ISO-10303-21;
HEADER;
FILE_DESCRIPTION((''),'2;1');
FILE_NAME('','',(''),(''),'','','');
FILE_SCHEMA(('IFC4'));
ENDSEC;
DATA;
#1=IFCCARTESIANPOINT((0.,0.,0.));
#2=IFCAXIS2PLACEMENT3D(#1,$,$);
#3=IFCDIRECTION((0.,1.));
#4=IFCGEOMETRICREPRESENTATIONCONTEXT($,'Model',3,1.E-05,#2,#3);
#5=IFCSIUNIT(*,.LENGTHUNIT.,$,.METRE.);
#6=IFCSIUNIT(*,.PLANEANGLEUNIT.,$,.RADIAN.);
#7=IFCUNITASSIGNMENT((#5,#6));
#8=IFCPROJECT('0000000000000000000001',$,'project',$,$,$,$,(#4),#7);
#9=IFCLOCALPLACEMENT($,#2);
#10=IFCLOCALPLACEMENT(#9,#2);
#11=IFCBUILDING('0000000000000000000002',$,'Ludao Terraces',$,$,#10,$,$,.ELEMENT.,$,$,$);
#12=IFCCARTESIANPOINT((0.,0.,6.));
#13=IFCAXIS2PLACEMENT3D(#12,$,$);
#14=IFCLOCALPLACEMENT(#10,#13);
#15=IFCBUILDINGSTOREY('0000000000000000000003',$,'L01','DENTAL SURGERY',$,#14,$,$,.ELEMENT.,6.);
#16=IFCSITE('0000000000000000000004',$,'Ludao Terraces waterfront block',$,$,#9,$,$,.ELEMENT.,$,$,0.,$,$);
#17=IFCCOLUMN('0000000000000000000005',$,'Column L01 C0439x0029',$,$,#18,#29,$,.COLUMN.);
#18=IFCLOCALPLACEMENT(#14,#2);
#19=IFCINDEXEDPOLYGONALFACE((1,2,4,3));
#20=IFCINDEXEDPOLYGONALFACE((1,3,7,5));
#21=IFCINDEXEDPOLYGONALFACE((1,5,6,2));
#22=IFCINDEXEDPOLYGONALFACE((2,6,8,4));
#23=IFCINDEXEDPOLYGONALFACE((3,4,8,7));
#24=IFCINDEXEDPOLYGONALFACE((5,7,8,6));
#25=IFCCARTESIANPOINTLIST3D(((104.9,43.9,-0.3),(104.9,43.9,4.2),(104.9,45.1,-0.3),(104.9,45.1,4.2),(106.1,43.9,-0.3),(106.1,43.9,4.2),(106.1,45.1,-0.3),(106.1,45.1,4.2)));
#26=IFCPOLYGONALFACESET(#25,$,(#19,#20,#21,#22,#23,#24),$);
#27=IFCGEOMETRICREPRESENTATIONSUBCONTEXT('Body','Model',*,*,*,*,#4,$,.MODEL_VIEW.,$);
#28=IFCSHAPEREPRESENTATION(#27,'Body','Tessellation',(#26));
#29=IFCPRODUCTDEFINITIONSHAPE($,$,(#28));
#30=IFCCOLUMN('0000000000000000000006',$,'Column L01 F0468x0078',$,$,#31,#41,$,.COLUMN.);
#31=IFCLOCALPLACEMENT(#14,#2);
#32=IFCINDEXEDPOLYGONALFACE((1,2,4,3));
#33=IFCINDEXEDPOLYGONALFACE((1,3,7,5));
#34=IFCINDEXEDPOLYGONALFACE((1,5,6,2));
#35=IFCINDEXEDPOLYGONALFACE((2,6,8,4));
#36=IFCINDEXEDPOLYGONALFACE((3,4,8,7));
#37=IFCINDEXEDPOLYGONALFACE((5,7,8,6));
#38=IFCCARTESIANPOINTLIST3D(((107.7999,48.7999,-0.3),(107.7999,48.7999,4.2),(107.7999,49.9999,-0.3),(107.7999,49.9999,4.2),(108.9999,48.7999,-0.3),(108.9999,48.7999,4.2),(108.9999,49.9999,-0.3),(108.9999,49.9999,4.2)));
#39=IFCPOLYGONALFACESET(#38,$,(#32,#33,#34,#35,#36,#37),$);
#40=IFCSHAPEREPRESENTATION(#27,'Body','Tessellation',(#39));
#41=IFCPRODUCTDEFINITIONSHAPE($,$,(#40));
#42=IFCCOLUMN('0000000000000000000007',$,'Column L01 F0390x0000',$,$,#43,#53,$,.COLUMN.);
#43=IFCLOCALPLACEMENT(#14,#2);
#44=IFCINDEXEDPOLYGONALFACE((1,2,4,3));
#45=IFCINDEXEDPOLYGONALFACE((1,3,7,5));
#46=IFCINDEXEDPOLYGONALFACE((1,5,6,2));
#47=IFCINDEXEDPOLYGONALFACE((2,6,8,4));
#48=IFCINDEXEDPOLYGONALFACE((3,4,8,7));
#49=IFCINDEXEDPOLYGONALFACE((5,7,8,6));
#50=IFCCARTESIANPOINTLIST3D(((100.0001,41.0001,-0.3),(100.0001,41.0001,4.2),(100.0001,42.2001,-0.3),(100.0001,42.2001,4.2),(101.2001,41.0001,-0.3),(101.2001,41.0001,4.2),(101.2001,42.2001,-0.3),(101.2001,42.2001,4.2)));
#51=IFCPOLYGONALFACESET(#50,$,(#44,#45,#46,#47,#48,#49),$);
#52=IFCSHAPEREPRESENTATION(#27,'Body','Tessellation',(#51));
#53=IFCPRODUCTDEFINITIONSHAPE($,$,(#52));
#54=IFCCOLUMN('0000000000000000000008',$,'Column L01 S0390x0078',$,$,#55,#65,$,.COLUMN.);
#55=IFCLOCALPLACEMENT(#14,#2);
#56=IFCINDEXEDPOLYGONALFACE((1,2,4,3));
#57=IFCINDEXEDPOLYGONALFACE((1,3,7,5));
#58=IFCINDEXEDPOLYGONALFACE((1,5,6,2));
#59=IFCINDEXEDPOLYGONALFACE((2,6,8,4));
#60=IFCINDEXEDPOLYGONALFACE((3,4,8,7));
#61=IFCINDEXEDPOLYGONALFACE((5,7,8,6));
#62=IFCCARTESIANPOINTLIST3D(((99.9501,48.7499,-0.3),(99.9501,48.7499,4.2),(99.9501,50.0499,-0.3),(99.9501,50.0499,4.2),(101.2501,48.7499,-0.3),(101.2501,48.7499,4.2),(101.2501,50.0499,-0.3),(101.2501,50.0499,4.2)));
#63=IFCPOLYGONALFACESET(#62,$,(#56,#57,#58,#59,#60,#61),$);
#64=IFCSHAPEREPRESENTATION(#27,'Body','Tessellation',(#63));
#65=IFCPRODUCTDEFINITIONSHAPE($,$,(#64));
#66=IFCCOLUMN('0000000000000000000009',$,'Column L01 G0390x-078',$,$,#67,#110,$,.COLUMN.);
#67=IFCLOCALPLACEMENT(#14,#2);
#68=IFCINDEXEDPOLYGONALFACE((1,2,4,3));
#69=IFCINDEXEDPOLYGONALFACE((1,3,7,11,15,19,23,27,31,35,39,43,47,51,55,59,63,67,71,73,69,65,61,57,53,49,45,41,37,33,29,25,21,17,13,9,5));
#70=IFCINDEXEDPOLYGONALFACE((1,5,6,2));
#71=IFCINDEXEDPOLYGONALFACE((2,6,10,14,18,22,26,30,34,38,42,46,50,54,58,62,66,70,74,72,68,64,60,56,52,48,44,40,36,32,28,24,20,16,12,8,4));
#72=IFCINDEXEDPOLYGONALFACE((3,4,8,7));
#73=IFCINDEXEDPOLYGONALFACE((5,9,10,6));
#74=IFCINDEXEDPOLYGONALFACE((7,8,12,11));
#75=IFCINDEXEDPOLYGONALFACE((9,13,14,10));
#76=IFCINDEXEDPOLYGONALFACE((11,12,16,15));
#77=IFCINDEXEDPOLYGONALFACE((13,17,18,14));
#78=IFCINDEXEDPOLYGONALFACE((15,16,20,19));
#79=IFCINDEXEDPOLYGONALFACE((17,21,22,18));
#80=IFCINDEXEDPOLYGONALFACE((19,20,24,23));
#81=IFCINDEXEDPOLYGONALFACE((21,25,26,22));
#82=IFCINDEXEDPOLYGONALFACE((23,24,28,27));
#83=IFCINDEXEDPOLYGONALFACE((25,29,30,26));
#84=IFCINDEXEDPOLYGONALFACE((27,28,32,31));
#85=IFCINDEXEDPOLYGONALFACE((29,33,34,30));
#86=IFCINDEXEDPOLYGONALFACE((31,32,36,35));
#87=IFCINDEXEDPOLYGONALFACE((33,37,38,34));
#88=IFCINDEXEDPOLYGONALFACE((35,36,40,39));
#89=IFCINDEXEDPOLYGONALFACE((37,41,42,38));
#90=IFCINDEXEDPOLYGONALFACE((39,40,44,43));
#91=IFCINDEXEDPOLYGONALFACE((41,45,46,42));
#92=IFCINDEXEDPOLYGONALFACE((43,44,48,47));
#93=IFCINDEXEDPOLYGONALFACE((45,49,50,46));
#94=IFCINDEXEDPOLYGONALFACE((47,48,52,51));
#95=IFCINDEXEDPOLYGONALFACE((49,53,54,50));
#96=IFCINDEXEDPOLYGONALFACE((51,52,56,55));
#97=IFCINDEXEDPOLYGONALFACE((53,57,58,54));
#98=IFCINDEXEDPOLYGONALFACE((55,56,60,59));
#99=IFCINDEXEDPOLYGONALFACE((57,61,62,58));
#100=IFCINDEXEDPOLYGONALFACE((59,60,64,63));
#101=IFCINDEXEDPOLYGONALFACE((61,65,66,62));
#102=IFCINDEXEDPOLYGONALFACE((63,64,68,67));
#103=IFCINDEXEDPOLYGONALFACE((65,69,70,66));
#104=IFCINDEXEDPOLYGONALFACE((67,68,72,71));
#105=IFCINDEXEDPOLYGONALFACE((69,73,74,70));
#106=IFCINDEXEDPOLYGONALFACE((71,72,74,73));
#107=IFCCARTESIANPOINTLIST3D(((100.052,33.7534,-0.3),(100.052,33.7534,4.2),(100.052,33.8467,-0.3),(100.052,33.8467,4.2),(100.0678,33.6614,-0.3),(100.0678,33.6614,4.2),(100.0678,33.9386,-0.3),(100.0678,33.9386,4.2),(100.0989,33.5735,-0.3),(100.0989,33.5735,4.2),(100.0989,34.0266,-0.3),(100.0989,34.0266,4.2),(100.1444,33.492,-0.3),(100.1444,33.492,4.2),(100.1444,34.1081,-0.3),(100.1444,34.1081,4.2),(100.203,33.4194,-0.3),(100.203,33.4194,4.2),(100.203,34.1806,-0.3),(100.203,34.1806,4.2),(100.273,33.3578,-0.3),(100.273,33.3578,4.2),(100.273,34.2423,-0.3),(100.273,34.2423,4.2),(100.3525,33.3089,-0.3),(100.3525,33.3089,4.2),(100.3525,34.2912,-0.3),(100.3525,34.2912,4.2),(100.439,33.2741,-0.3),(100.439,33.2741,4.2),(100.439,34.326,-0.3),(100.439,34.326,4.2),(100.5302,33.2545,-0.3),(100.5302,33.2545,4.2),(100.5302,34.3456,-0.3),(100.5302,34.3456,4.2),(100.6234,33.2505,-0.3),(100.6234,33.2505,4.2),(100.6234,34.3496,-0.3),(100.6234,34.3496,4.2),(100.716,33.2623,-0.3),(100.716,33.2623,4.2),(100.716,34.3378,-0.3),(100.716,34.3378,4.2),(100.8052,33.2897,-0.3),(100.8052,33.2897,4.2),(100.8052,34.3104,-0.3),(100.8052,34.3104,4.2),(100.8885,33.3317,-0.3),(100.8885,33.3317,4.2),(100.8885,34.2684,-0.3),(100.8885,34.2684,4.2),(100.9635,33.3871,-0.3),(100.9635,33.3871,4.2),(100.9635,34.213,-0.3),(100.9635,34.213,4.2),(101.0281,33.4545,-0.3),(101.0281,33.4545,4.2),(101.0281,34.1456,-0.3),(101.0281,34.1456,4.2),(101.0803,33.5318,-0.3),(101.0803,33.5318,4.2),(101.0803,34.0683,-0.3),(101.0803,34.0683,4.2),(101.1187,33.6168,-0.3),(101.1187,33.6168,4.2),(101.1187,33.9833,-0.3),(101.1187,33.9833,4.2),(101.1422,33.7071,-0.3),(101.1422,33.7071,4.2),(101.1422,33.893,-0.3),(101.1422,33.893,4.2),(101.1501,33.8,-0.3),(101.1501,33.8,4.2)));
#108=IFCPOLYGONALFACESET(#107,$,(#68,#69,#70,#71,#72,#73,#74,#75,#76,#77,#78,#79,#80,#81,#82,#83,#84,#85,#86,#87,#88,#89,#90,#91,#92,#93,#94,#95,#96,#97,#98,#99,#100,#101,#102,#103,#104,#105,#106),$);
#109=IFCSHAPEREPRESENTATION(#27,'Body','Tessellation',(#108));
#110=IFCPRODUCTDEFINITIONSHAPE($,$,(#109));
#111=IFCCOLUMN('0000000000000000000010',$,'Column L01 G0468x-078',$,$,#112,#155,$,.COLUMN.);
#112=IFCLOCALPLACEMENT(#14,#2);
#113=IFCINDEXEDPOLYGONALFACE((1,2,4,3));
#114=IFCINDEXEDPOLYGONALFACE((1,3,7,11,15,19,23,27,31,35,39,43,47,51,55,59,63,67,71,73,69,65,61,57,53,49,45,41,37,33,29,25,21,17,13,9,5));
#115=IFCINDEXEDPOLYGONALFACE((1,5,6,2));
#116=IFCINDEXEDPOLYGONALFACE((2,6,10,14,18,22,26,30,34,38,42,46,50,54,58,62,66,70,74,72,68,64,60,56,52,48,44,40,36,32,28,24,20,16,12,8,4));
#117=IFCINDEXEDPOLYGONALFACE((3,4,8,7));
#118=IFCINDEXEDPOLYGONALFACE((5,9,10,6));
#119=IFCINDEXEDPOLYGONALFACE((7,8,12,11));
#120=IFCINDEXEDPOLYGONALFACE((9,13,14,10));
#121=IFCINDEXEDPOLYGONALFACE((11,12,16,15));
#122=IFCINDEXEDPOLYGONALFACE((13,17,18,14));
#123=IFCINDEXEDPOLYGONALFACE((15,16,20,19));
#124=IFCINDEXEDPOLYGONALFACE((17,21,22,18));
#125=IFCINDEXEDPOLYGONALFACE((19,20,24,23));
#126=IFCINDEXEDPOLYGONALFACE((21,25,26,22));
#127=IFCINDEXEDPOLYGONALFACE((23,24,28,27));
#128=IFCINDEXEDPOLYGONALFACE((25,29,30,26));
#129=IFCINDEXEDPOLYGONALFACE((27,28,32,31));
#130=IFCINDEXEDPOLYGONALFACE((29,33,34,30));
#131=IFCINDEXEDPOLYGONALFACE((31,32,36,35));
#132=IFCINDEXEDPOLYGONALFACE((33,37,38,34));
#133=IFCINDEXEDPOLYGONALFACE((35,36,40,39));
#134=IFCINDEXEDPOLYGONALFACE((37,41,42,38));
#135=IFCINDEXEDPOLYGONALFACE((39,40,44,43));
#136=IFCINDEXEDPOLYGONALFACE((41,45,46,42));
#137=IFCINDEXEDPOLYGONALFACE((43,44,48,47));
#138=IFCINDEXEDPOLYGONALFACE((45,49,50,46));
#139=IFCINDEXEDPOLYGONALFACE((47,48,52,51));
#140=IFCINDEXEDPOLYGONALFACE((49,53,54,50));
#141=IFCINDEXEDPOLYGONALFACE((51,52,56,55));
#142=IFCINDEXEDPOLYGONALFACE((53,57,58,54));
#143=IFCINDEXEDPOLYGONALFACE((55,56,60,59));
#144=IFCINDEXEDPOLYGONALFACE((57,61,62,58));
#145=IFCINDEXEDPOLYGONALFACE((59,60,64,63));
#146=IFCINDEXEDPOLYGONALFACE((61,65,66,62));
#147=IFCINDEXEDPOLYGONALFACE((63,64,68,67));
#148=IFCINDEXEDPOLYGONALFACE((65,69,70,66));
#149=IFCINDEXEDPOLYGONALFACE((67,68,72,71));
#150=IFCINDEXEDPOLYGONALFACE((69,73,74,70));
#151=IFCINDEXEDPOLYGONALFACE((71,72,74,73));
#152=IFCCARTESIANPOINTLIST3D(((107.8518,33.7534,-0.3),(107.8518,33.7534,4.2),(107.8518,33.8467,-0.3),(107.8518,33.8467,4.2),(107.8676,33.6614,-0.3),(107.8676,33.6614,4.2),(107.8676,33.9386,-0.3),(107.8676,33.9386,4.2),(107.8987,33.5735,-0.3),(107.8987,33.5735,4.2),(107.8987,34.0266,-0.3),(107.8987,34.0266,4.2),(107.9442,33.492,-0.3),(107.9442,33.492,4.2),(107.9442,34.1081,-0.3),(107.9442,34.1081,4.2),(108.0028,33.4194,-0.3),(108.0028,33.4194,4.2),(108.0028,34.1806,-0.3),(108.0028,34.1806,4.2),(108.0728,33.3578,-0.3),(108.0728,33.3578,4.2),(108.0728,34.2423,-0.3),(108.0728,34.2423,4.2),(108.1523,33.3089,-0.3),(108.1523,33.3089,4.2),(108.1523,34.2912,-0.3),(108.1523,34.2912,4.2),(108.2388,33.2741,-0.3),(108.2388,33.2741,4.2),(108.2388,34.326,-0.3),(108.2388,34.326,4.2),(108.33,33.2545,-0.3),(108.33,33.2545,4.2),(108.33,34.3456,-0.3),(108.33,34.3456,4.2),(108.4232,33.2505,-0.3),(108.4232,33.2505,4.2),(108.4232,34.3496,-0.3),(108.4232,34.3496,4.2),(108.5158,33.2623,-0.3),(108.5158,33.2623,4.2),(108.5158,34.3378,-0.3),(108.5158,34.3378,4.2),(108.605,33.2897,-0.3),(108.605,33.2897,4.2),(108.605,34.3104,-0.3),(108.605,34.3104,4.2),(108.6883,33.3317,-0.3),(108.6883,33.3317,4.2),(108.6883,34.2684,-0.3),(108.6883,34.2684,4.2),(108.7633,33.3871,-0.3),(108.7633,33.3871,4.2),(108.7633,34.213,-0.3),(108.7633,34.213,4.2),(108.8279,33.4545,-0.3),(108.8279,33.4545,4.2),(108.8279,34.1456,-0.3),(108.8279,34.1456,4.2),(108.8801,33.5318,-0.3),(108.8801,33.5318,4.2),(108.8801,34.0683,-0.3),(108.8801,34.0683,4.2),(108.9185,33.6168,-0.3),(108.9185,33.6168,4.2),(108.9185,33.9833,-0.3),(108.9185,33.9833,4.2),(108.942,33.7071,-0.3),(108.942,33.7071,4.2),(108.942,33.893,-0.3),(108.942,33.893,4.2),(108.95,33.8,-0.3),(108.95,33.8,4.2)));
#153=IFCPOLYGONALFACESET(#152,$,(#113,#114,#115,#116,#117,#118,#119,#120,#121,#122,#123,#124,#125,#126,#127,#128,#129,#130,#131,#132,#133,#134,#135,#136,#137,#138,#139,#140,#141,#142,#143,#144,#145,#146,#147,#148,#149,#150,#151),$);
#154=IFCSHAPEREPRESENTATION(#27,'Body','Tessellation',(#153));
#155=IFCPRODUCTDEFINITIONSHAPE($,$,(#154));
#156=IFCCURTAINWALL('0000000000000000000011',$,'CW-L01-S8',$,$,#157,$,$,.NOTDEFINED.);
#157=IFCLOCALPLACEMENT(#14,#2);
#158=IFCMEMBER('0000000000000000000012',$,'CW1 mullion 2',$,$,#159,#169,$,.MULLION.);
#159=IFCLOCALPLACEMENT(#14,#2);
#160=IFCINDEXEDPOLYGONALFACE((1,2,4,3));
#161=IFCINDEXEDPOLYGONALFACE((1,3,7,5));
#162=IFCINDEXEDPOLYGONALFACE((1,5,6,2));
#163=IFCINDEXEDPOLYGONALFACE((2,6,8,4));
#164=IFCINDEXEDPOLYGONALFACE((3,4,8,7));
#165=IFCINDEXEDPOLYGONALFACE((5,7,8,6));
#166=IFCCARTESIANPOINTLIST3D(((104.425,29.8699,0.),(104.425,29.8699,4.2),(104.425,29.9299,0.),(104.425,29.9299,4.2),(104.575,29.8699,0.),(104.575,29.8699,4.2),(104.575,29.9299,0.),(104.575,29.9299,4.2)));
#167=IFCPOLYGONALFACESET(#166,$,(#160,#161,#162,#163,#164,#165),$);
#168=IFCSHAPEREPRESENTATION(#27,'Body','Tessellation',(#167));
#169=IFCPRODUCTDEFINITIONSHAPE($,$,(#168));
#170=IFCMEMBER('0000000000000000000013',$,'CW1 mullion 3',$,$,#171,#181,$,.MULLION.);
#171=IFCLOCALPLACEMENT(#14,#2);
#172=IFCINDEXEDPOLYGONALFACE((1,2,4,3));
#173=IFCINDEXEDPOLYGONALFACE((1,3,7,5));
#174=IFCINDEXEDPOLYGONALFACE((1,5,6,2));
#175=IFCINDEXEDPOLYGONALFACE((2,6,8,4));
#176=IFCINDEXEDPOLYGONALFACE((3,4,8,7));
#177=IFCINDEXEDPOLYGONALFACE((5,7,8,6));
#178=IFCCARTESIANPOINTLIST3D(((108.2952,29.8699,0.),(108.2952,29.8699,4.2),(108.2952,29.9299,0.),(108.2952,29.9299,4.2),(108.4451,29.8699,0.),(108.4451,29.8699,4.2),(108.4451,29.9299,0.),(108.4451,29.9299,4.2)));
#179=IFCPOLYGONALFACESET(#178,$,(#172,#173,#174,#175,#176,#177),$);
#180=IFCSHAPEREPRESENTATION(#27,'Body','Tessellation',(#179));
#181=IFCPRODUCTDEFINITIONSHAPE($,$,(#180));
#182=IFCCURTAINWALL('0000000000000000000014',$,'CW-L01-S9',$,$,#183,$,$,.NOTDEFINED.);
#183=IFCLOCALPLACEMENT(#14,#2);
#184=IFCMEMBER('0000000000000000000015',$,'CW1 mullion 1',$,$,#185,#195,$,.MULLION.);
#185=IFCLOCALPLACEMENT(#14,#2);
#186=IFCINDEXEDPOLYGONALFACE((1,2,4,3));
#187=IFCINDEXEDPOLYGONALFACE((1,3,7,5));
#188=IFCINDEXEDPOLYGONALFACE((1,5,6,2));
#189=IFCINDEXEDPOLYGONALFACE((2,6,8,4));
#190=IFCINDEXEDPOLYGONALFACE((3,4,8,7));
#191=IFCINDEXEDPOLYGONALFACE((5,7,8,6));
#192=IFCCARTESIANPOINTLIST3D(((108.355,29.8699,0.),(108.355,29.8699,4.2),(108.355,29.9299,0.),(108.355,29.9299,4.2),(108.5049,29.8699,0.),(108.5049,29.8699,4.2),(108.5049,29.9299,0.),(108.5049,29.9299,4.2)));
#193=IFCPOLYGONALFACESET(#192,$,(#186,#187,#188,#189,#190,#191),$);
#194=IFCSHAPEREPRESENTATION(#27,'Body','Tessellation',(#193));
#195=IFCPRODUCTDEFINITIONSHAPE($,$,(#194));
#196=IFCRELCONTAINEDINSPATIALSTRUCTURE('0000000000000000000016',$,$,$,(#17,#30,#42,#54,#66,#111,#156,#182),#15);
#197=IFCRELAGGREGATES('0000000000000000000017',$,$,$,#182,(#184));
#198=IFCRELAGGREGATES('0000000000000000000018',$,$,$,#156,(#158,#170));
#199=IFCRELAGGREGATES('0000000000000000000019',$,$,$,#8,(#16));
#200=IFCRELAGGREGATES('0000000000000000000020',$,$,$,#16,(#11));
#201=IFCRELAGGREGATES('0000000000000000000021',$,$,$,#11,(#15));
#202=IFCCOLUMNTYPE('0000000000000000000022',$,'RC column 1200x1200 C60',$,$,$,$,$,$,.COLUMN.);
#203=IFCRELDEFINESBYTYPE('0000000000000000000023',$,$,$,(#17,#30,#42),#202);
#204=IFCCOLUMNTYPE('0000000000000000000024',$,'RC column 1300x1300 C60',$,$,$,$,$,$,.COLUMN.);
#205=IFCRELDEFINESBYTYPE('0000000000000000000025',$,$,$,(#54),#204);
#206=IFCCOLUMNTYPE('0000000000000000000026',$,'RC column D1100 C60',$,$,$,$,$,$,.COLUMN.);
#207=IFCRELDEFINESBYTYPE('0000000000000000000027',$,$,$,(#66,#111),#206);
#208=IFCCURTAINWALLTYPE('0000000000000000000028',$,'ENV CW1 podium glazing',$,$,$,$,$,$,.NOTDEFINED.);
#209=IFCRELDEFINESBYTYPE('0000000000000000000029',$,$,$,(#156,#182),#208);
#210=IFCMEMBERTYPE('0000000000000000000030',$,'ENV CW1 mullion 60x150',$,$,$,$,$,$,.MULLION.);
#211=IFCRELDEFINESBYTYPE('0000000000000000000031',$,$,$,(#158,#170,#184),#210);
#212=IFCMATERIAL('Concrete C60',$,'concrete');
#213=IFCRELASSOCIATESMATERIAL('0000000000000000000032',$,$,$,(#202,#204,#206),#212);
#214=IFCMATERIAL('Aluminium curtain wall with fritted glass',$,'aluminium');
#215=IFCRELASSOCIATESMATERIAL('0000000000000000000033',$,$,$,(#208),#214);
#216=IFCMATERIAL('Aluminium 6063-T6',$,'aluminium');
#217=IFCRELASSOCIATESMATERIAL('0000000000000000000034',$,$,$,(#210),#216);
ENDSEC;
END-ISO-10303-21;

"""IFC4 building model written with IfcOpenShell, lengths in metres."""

from ifc_helpers import new_model, si_unit, direction, frame, origin, origin_2d, place, context, subcontext, project, spatial, rectangle, circle, extrude, material, material_profile, profile_set, type_object, element, aggregate, save


model = new_model("IFC4")

# Units and contexts
model_context = context("Model", 3, precision=1e-05, world=origin(), true_north=direction((0.0, 1.0)))
body_context = subcontext(model_context, "Body", "Model", "MODEL_VIEW")
ifc_project = project(units=[si_unit("LENGTHUNIT", "METRE"), si_unit("PLANEANGLEUNIT", "RADIAN")], contexts=[model_context])

# Site, building, storey
site_placement = place(None, origin())
site = spatial("IfcSite", under=ifc_project, at=site_placement, Name="Ludao Terraces waterfront block", CompositionType="ELEMENT", RefElevation=0.0)
building_placement = place(site_placement, origin())
building = spatial("IfcBuilding", under=site, at=building_placement, Name="Ludao Terraces", CompositionType="ELEMENT")
storey_placement = place(building_placement, frame((0.0, 0.0, 6.0)))
storey = spatial("IfcBuildingStorey", under=building, at=storey_placement, Name="L01", Description="DENTAL SURGERY", CompositionType="ELEMENT", Elevation=6.0)

# Columns
ifc_material_1 = material(Name="Concrete C60", Category="concrete")
ifc_material_profile_1 = material_profile(ifc_material_1, rectangle(XDim=1.2, YDim=1.2, at=origin_2d()), Name="1200 X 1200")
ifc_profile_set_1 = profile_set([ifc_material_profile_1], Name="Concrete C60")
column_type_1 = type_object("IfcColumnType", Name="RC column 1200x1200 C60", PredefinedType="COLUMN", material=ifc_profile_set_1)
for number, where, z_axis, x_axis, name in (
    (1, (105.5, 44.5, -0.3), (0.0, 0.0, 1.0), (1.0, 0.0, 0.0), "Column L01 C0439x0029"),
    (2, (108.3999, 49.3999, -0.3), (0.0, 0.0, 1.0), (1.0, 0.0, 0.0), "Column L01 F0468x0078"),
    (3, (100.6001, 41.6001, -0.3), (0.0, 0.0, 1.0), (1.0, 0.0, 0.0), "Column L01 F0390x0000"),
):
    element("IfcColumn", number, at=place(storey_placement, frame(where, z_axis=z_axis, x_axis=x_axis)), inside=storey, type_object=column_type_1, Name=name, PredefinedType="COLUMN", context=body_context, shape_type="SweptSolid", body=[
        extrude(rectangle(XDim=1.2, YDim=1.2, at=origin_2d()), origin(), (0.0, 0.0, 1.0), 4.5),
    ])
ifc_material_profile_2 = material_profile(ifc_material_1, rectangle(XDim=1.3, YDim=1.3, at=origin_2d()), Name="1300 X 1300")
ifc_profile_set_2 = profile_set([ifc_material_profile_2], Name="Concrete C60")
column_type_2 = type_object("IfcColumnType", Name="RC column 1300x1300 C60", PredefinedType="COLUMN", material=ifc_profile_set_2)
column_placement = place(storey_placement, frame((100.6001, 49.3999, -0.3), z_axis=(0.0, 0.0, 1.0), x_axis=(1.0, 0.0, 0.0)))
element("IfcColumn", 4, at=column_placement, inside=storey, type_object=column_type_2, Name="Column L01 S0390x0078", PredefinedType="COLUMN", context=body_context, shape_type="SweptSolid", body=[
    extrude(rectangle(XDim=1.3, YDim=1.3, at=origin_2d()), origin(), (0.0, 0.0, 1.0), 4.5),
])
ifc_material_profile_3 = material_profile(ifc_material_1, circle(Radius=0.55, at=origin_2d()), Name="D1100")
ifc_profile_set_3 = profile_set([ifc_material_profile_3], Name="Concrete C60")
column_type_3 = type_object("IfcColumnType", Name="RC column D1100 C60", PredefinedType="COLUMN", material=ifc_profile_set_3)
for number, where, z_axis, x_axis, name in (
    (5, (100.6001, 33.8, -0.3), (0.0, 0.0, 1.0), (1.0, 0.0, 0.0), "Column L01 G0390x-078"),
    (6, (108.3999, 33.8, -0.3), (0.0, 0.0, 1.0), (1.0, 0.0, 0.0), "Column L01 G0468x-078"),
):
    element("IfcColumn", number, at=place(storey_placement, frame(where, z_axis=z_axis, x_axis=x_axis)), inside=storey, type_object=column_type_3, Name=name, PredefinedType="COLUMN", context=body_context, shape_type="SweptSolid", body=[
        extrude(circle(Radius=0.55, at=origin_2d()), origin(), (0.0, 0.0, 1.0), 4.5),
    ])

# Curtain wall, members
ifc_material_2 = material(Name="Aluminium curtain wall with fritted glass", Category="aluminium")
curtain_wall_type = type_object("IfcCurtainWallType", Name="ENV CW1 podium glazing", PredefinedType="NOTDEFINED", material=ifc_material_2)
curtain_wall_1_placement = place(storey_placement, origin())
curtain_wall_1 = element("IfcCurtainWall", 7, at=curtain_wall_1_placement, inside=storey, type_object=curtain_wall_type, Name="CW-L01-S8", PredefinedType="NOTDEFINED")
ifc_material_3 = material(Name="Aluminium 6063-T6", Category="aluminium")
ifc_material_profile_4 = material_profile(ifc_material_3, rectangle(XDim=0.0601, YDim=0.1499, at=origin_2d()), Name="60 X 150")
ifc_profile_set_4 = profile_set([ifc_material_profile_4], Name="Aluminium 6063-T6")
member_type_1 = type_object("IfcMemberType", Name="ENV CW1 mullion 60x150", PredefinedType="MULLION", material=ifc_profile_set_4)
member_1_placement = place(storey_placement, frame((104.5, 29.8999, 0.0), z_axis=(0.0, 0.0, 1.0), x_axis=(0.0, 1.0, 0.0)))
member_1 = element("IfcMember", 8, at=member_1_placement, type_object=member_type_1, Name="CW1 mullion 2", PredefinedType="MULLION", context=body_context, shape_type="SweptSolid", body=[
    extrude(rectangle(XDim=0.0601, YDim=0.1499, at=origin_2d()), origin(), (0.0, 0.0, 1.0), 4.2),
])
member_2_placement = place(storey_placement, frame((108.3701, 29.8999, 0.0), z_axis=(0.0, 0.0, 1.0), x_axis=(0.0, 1.0, 0.0)))
member_2 = element("IfcMember", 9, at=member_2_placement, type_object=member_type_1, Name="CW1 mullion 3", PredefinedType="MULLION", context=body_context, shape_type="SweptSolid", body=[
    extrude(rectangle(XDim=0.0601, YDim=0.1499, at=origin_2d()), origin(), (0.0, 0.0, 1.0), 4.2),
])

# Curtain wall, member
curtain_wall_2_placement = place(storey_placement, origin())
curtain_wall_2 = element("IfcCurtainWall", 10, at=curtain_wall_2_placement, inside=storey, type_object=curtain_wall_type, Name="CW-L01-S9", PredefinedType="NOTDEFINED")
member_3_placement = place(storey_placement, frame((108.4299, 29.8999, 0.0), z_axis=(0.0, 0.0, 1.0), x_axis=(0.0, 1.0, 0.0)))
member_3 = element("IfcMember", 11, at=member_3_placement, type_object=member_type_1, Name="CW1 mullion 1", PredefinedType="MULLION", context=body_context, shape_type="SweptSolid", body=[
    extrude(rectangle(XDim=0.0601, YDim=0.1499, at=origin_2d()), origin(), (0.0, 0.0, 1.0), 4.2),
])

aggregate(curtain_wall_2, [member_3])

aggregate(curtain_wall_1, [member_1, member_2])

save(model, "model.ifc")
